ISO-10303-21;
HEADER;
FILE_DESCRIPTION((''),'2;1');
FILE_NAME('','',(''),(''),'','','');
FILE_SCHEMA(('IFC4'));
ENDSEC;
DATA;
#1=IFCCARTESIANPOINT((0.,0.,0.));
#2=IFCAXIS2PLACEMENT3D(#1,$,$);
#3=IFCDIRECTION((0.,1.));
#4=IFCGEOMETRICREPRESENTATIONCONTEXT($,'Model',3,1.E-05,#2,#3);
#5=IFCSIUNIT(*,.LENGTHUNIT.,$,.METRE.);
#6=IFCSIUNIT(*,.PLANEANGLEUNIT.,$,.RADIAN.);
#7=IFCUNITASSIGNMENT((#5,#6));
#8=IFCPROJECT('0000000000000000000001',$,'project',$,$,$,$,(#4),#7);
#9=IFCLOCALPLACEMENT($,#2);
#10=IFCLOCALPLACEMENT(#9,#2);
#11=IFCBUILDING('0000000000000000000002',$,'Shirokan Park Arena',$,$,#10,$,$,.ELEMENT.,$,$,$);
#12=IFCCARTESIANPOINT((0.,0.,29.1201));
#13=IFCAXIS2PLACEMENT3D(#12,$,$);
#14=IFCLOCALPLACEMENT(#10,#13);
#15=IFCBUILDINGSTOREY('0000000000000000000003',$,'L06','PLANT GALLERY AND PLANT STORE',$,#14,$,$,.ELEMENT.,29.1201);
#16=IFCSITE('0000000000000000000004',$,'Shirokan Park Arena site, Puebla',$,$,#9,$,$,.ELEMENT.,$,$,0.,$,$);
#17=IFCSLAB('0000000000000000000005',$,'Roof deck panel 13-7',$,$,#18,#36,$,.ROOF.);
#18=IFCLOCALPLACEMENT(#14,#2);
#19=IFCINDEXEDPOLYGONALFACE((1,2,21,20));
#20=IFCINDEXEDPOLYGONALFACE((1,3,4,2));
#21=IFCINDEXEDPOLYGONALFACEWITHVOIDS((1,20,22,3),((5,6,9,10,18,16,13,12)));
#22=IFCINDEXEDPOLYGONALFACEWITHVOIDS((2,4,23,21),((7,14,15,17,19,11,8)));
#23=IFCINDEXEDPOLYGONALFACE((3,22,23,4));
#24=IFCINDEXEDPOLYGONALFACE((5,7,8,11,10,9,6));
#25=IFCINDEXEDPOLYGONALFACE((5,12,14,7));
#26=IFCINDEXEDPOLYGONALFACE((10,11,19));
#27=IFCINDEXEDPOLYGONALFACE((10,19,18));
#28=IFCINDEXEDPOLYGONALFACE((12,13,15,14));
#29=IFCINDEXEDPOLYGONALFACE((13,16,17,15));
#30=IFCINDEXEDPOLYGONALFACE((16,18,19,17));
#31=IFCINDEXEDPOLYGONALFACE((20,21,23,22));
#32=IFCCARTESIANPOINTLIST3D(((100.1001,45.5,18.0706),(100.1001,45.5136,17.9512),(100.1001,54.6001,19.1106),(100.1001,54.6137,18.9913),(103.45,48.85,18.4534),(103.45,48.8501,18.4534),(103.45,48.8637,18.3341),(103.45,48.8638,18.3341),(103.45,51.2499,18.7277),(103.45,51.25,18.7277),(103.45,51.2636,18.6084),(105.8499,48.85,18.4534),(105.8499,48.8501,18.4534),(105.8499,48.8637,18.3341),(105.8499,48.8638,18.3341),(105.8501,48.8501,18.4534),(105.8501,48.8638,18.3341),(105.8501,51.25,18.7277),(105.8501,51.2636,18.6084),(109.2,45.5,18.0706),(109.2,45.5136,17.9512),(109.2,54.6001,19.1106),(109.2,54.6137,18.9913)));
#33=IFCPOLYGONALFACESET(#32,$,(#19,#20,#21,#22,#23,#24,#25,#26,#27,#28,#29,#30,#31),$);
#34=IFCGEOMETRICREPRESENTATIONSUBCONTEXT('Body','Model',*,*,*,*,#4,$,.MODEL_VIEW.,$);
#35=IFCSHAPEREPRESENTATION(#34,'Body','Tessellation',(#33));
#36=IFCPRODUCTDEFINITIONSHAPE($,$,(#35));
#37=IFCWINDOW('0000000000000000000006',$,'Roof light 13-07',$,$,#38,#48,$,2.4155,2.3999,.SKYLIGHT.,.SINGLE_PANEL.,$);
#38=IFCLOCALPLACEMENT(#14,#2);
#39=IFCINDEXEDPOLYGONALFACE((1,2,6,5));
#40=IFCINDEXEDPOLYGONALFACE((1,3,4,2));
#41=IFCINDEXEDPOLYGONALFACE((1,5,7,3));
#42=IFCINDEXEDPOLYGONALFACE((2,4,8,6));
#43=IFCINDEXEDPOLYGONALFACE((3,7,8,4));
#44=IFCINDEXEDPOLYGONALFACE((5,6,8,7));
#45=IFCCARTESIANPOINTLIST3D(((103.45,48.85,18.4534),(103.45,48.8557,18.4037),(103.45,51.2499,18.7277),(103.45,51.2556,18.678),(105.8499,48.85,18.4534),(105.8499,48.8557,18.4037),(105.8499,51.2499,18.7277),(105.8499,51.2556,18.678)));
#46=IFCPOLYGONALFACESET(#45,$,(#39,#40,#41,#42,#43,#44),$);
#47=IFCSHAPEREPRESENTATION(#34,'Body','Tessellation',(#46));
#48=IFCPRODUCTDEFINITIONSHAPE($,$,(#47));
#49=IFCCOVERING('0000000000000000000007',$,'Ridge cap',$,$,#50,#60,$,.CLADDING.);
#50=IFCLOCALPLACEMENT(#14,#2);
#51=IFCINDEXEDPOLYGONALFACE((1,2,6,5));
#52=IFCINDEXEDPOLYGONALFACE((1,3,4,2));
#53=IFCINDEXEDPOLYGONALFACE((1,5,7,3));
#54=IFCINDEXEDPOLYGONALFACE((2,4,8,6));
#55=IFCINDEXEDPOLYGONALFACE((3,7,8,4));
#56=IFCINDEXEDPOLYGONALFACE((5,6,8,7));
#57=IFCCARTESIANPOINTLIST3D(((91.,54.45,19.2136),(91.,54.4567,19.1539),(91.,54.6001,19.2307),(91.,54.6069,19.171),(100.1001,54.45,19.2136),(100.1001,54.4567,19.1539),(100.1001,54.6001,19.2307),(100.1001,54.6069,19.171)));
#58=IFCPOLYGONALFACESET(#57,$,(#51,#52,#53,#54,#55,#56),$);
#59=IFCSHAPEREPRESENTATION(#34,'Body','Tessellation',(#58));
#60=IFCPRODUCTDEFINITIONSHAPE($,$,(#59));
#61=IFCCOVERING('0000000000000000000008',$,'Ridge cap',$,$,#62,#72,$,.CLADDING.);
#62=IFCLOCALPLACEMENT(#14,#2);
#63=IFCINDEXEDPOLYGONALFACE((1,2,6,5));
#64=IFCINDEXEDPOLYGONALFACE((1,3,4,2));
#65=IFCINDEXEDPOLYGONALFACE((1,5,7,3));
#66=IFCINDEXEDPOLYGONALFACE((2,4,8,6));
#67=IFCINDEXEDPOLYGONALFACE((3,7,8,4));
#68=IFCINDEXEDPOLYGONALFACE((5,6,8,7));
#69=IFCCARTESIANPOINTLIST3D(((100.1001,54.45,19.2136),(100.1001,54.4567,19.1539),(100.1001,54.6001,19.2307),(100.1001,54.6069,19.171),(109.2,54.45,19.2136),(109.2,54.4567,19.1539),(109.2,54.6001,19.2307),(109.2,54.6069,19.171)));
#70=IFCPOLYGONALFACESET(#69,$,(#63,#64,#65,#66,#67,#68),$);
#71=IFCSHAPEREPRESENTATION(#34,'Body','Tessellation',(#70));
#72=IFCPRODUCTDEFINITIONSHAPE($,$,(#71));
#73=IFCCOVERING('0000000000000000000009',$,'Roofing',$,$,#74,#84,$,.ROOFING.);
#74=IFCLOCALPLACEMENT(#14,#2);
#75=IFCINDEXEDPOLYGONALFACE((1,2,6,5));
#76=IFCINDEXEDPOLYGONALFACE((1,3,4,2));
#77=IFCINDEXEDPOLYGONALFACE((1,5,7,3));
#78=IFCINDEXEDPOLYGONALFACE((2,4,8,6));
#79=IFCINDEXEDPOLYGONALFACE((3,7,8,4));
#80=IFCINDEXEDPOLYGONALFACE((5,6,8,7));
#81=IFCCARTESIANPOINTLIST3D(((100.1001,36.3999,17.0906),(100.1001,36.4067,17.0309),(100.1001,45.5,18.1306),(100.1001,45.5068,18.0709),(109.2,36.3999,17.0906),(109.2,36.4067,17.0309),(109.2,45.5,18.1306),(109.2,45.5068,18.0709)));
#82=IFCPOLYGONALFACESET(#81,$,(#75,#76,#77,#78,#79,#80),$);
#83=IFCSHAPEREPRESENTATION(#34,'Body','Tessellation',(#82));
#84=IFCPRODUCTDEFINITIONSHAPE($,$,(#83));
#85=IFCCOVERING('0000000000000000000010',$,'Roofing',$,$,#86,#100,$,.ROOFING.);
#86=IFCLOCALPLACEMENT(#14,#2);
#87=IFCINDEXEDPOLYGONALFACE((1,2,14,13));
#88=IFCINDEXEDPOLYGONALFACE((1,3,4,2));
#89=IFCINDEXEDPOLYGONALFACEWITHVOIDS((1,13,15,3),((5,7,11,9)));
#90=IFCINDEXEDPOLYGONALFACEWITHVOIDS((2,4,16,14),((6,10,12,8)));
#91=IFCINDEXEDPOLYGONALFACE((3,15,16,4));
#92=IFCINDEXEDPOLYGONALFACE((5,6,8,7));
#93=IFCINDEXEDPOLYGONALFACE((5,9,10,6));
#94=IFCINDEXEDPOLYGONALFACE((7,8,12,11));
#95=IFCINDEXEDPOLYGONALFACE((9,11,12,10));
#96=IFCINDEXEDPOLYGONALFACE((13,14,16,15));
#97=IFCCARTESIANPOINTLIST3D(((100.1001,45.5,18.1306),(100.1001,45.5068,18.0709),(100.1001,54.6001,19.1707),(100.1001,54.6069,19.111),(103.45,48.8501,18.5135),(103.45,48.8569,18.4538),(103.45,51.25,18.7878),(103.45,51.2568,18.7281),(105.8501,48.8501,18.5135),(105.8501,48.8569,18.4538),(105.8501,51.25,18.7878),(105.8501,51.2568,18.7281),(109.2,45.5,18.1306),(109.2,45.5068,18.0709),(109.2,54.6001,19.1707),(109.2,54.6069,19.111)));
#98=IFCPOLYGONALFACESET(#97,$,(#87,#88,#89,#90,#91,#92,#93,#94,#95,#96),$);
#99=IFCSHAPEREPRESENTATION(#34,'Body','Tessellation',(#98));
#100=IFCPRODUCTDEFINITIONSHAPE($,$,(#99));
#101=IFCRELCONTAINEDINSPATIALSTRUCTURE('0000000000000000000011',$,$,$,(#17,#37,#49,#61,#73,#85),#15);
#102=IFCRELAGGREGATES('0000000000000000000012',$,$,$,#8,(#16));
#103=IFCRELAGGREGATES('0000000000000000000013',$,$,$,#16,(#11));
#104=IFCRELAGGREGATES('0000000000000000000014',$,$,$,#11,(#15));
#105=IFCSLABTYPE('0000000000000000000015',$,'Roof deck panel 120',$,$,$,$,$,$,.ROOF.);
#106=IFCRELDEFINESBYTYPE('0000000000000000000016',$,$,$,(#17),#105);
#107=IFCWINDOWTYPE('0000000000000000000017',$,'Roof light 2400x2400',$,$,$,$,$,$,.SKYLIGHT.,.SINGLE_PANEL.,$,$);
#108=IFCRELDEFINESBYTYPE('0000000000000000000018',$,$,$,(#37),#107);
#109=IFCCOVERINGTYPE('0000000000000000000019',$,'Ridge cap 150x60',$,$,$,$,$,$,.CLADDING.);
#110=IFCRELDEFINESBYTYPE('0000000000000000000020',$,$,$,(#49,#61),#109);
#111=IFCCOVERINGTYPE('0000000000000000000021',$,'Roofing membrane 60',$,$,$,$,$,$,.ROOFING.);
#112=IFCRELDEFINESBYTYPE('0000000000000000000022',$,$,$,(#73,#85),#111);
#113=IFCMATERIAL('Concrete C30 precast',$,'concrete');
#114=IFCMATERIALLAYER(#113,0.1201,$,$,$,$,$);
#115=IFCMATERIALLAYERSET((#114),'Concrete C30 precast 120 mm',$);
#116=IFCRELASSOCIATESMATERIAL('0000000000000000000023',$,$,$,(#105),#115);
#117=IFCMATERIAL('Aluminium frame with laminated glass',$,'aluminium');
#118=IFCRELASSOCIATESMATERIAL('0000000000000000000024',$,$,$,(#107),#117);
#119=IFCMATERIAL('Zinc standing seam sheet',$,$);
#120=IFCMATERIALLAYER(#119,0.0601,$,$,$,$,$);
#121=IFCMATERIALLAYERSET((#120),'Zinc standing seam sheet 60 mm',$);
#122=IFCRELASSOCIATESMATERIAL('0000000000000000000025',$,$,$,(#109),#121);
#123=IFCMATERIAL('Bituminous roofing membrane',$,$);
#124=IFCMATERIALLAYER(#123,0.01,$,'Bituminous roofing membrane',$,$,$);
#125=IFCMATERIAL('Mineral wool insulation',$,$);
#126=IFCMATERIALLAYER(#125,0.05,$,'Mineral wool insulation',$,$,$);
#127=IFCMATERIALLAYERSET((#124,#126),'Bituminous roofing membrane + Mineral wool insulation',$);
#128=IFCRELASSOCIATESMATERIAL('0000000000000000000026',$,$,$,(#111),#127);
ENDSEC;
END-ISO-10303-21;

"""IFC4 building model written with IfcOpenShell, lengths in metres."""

from ifc_helpers import new_model, si_unit, direction, frame, origin, origin_2d, place, context, subcontext, project, spatial, polyline, rectangle, outline, extrude, material, layer, layer_set, type_object, element, fill, save


model = new_model("IFC4")

# Units and contexts
model_context = context("Model", 3, precision=1e-05, world=origin(), true_north=direction((0.0, 1.0)))
body_context = subcontext(model_context, "Body", "Model", "MODEL_VIEW")
ifc_project = project(units=[si_unit("LENGTHUNIT", "METRE"), si_unit("PLANEANGLEUNIT", "RADIAN")], contexts=[model_context])

# Site, building, storey
site_placement = place(None, origin())
site = spatial("IfcSite", under=ifc_project, at=site_placement, Name="Shirokan Park Arena site, Puebla", CompositionType="ELEMENT", RefElevation=0.0)
building_placement = place(site_placement, origin())
building = spatial("IfcBuilding", under=site, at=building_placement, Name="Shirokan Park Arena", CompositionType="ELEMENT")
storey_placement = place(building_placement, frame((0.0, 0.0, 29.1201)))
storey = spatial("IfcBuildingStorey", under=building, at=storey_placement, Name="L06", Description="PLANT GALLERY AND PLANT STORE", CompositionType="ELEMENT", Elevation=29.1201)

# Shared definitions
ifc_material_1 = material(Name="Concrete C30 precast", Category="concrete")
ifc_layer_1 = layer(ifc_material_1, 0.1201)
ifc_layer_set_1 = layer_set([ifc_layer_1], Name="Concrete C30 precast 120 mm")
slab_type = type_object("IfcSlabType", Name="Roof deck panel 120", PredefinedType="ROOF", material=ifc_layer_set_1)

# Slab, opening, window
slab_1_placement = place(storey_placement, frame((100.1001, 45.5, 18.0706), z_axis=(0.0, -0.11355, 0.993532), x_axis=(1.0, 0.0, 0.0)))
slab_1 = element("IfcSlab", 1, at=slab_1_placement, inside=storey, type_object=slab_type, Name="Roof deck panel 13-7", PredefinedType="ROOF", context=body_context, shape_type="SweptSolid", body=[
    extrude(outline(polyline([(0.0, 0.0), (9.0999, 0.0), (9.0999, 9.1593), (0.0, 9.1593), (0.0, 0.0)]), holes=[polyline([(3.3499, 3.3719), (5.75, 3.3719), (5.75, 5.7874), (3.3499, 5.7874), (3.3499, 3.3719)])]), origin(), (0.0, 0.0, -1.0), 0.1201),
])
opening_placement = place(slab_1_placement, frame((4.5498, 4.5796, 0.01)))
opening = element("IfcOpeningElement", 2, at=opening_placement, cuts=slab_1, PredefinedType="OPENING", context=body_context, shape_type="SweptSolid", body=[
    extrude(rectangle(XDim=2.3999, YDim=2.4155, at=origin_2d()), origin(), (0.0, 0.0, -1.0), 0.1399),
])
ifc_material_2 = material(Name="Aluminium frame with laminated glass", Category="aluminium")
window_type = type_object("IfcWindowType", Name="Roof light 2400x2400", PartitioningType="SINGLE_PANEL", PredefinedType="SKYLIGHT", material=ifc_material_2)
window_placement = place(opening_placement, frame((0.0, 0.0, -0.0601)))
window = element("IfcWindow", 3, at=window_placement, inside=storey, type_object=window_type, Name="Roof light 13-07", OverallHeight=2.4155, OverallWidth=2.3999, PartitioningType="SINGLE_PANEL", PredefinedType="SKYLIGHT", context=body_context, shape_type="SweptSolid", body=[
    extrude(rectangle(XDim=2.3999, YDim=2.4155, at=origin_2d()), origin(), (0.0, 0.0, 1.0), 0.05),
])
fill(opening, window)

# Coverings
ifc_material_3 = material(Name="Zinc standing seam sheet")
ifc_layer_2 = layer(ifc_material_3, 0.0601)
ifc_layer_set_2 = layer_set([ifc_layer_2], Name="Zinc standing seam sheet 60 mm")
covering_type_1 = type_object("IfcCoveringType", Name="Ridge cap 150x60", PredefinedType="CLADDING", material=ifc_layer_set_2)
covering_1_placement = place(storey_placement, frame((91.0, 54.45, 19.2136), z_axis=(0.0, -0.113091, 0.993585), x_axis=(1.0, 0.0, 0.0)))
element("IfcCovering", 4, at=covering_1_placement, inside=storey, type_object=covering_type_1, Name="Ridge cap", PredefinedType="CLADDING", context=body_context, shape_type="SweptSolid", body=[
    extrude(outline(polyline([(0.0, 0.0), (9.1001, 0.0), (9.1001, 0.1511), (0.0, 0.1511), (0.0, 0.0)])), origin(), (0.0, 0.0, -1.0), 0.0601),
])
covering_2_placement = place(storey_placement, frame((100.1001, 54.45, 19.2136), z_axis=(0.0, -0.113091, 0.993585), x_axis=(1.0, 0.0, 0.0)))
element("IfcCovering", 5, at=covering_2_placement, inside=storey, type_object=covering_type_1, Name="Ridge cap", PredefinedType="CLADDING", context=body_context, shape_type="SweptSolid", body=[
    extrude(outline(polyline([(0.0, 0.0), (9.0999, 0.0), (9.0999, 0.1511), (0.0, 0.1511), (0.0, 0.0)])), origin(), (0.0, 0.0, -1.0), 0.0601),
])
ifc_material_4 = material(Name="Bituminous roofing membrane")
ifc_layer_3 = layer(ifc_material_4, 0.01, Name="Bituminous roofing membrane")
ifc_material_5 = material(Name="Mineral wool insulation")
ifc_layer_4 = layer(ifc_material_5, 0.05, Name="Mineral wool insulation")
ifc_layer_set_3 = layer_set([ifc_layer_3, ifc_layer_4], Name="Bituminous roofing membrane + Mineral wool insulation")
covering_type_2 = type_object("IfcCoveringType", Name="Roofing membrane 60", PredefinedType="ROOFING", material=ifc_layer_set_3)
covering_3_placement = place(storey_placement, frame((100.1001, 36.3999, 17.0906), z_axis=(0.0, -0.11355, 0.993532), x_axis=(1.0, 0.0, 0.0)))
element("IfcCovering", 6, at=covering_3_placement, inside=storey, type_object=covering_type_2, Name="Roofing", PredefinedType="ROOFING", context=body_context, shape_type="SweptSolid", body=[
    extrude(outline(polyline([(0.0, 0.0), (9.0999, 0.0), (9.0999, 9.1593), (0.0, 9.1593), (0.0, 0.0)])), origin(), (0.0, 0.0, -1.0), 0.0601),
])
covering_4_placement = place(storey_placement, frame((100.1001, 45.5, 18.1306), z_axis=(0.0, -0.11355, 0.993532), x_axis=(1.0, 0.0, 0.0)))
element("IfcCovering", 7, at=covering_4_placement, inside=storey, type_object=covering_type_2, Name="Roofing", PredefinedType="ROOFING", context=body_context, shape_type="SweptSolid", body=[
    extrude(outline(polyline([(0.0, 0.0), (9.0999, 0.0), (9.0999, 9.1593), (0.0, 9.1593), (0.0, 0.0)]), holes=[polyline([(5.75, 3.3719), (5.75, 5.7874), (3.3499, 5.7874), (3.3499, 3.3719), (5.75, 3.3719)])]), origin(), (0.0, 0.0, -1.0), 0.0601),
])

save(model, "model.ifc")
